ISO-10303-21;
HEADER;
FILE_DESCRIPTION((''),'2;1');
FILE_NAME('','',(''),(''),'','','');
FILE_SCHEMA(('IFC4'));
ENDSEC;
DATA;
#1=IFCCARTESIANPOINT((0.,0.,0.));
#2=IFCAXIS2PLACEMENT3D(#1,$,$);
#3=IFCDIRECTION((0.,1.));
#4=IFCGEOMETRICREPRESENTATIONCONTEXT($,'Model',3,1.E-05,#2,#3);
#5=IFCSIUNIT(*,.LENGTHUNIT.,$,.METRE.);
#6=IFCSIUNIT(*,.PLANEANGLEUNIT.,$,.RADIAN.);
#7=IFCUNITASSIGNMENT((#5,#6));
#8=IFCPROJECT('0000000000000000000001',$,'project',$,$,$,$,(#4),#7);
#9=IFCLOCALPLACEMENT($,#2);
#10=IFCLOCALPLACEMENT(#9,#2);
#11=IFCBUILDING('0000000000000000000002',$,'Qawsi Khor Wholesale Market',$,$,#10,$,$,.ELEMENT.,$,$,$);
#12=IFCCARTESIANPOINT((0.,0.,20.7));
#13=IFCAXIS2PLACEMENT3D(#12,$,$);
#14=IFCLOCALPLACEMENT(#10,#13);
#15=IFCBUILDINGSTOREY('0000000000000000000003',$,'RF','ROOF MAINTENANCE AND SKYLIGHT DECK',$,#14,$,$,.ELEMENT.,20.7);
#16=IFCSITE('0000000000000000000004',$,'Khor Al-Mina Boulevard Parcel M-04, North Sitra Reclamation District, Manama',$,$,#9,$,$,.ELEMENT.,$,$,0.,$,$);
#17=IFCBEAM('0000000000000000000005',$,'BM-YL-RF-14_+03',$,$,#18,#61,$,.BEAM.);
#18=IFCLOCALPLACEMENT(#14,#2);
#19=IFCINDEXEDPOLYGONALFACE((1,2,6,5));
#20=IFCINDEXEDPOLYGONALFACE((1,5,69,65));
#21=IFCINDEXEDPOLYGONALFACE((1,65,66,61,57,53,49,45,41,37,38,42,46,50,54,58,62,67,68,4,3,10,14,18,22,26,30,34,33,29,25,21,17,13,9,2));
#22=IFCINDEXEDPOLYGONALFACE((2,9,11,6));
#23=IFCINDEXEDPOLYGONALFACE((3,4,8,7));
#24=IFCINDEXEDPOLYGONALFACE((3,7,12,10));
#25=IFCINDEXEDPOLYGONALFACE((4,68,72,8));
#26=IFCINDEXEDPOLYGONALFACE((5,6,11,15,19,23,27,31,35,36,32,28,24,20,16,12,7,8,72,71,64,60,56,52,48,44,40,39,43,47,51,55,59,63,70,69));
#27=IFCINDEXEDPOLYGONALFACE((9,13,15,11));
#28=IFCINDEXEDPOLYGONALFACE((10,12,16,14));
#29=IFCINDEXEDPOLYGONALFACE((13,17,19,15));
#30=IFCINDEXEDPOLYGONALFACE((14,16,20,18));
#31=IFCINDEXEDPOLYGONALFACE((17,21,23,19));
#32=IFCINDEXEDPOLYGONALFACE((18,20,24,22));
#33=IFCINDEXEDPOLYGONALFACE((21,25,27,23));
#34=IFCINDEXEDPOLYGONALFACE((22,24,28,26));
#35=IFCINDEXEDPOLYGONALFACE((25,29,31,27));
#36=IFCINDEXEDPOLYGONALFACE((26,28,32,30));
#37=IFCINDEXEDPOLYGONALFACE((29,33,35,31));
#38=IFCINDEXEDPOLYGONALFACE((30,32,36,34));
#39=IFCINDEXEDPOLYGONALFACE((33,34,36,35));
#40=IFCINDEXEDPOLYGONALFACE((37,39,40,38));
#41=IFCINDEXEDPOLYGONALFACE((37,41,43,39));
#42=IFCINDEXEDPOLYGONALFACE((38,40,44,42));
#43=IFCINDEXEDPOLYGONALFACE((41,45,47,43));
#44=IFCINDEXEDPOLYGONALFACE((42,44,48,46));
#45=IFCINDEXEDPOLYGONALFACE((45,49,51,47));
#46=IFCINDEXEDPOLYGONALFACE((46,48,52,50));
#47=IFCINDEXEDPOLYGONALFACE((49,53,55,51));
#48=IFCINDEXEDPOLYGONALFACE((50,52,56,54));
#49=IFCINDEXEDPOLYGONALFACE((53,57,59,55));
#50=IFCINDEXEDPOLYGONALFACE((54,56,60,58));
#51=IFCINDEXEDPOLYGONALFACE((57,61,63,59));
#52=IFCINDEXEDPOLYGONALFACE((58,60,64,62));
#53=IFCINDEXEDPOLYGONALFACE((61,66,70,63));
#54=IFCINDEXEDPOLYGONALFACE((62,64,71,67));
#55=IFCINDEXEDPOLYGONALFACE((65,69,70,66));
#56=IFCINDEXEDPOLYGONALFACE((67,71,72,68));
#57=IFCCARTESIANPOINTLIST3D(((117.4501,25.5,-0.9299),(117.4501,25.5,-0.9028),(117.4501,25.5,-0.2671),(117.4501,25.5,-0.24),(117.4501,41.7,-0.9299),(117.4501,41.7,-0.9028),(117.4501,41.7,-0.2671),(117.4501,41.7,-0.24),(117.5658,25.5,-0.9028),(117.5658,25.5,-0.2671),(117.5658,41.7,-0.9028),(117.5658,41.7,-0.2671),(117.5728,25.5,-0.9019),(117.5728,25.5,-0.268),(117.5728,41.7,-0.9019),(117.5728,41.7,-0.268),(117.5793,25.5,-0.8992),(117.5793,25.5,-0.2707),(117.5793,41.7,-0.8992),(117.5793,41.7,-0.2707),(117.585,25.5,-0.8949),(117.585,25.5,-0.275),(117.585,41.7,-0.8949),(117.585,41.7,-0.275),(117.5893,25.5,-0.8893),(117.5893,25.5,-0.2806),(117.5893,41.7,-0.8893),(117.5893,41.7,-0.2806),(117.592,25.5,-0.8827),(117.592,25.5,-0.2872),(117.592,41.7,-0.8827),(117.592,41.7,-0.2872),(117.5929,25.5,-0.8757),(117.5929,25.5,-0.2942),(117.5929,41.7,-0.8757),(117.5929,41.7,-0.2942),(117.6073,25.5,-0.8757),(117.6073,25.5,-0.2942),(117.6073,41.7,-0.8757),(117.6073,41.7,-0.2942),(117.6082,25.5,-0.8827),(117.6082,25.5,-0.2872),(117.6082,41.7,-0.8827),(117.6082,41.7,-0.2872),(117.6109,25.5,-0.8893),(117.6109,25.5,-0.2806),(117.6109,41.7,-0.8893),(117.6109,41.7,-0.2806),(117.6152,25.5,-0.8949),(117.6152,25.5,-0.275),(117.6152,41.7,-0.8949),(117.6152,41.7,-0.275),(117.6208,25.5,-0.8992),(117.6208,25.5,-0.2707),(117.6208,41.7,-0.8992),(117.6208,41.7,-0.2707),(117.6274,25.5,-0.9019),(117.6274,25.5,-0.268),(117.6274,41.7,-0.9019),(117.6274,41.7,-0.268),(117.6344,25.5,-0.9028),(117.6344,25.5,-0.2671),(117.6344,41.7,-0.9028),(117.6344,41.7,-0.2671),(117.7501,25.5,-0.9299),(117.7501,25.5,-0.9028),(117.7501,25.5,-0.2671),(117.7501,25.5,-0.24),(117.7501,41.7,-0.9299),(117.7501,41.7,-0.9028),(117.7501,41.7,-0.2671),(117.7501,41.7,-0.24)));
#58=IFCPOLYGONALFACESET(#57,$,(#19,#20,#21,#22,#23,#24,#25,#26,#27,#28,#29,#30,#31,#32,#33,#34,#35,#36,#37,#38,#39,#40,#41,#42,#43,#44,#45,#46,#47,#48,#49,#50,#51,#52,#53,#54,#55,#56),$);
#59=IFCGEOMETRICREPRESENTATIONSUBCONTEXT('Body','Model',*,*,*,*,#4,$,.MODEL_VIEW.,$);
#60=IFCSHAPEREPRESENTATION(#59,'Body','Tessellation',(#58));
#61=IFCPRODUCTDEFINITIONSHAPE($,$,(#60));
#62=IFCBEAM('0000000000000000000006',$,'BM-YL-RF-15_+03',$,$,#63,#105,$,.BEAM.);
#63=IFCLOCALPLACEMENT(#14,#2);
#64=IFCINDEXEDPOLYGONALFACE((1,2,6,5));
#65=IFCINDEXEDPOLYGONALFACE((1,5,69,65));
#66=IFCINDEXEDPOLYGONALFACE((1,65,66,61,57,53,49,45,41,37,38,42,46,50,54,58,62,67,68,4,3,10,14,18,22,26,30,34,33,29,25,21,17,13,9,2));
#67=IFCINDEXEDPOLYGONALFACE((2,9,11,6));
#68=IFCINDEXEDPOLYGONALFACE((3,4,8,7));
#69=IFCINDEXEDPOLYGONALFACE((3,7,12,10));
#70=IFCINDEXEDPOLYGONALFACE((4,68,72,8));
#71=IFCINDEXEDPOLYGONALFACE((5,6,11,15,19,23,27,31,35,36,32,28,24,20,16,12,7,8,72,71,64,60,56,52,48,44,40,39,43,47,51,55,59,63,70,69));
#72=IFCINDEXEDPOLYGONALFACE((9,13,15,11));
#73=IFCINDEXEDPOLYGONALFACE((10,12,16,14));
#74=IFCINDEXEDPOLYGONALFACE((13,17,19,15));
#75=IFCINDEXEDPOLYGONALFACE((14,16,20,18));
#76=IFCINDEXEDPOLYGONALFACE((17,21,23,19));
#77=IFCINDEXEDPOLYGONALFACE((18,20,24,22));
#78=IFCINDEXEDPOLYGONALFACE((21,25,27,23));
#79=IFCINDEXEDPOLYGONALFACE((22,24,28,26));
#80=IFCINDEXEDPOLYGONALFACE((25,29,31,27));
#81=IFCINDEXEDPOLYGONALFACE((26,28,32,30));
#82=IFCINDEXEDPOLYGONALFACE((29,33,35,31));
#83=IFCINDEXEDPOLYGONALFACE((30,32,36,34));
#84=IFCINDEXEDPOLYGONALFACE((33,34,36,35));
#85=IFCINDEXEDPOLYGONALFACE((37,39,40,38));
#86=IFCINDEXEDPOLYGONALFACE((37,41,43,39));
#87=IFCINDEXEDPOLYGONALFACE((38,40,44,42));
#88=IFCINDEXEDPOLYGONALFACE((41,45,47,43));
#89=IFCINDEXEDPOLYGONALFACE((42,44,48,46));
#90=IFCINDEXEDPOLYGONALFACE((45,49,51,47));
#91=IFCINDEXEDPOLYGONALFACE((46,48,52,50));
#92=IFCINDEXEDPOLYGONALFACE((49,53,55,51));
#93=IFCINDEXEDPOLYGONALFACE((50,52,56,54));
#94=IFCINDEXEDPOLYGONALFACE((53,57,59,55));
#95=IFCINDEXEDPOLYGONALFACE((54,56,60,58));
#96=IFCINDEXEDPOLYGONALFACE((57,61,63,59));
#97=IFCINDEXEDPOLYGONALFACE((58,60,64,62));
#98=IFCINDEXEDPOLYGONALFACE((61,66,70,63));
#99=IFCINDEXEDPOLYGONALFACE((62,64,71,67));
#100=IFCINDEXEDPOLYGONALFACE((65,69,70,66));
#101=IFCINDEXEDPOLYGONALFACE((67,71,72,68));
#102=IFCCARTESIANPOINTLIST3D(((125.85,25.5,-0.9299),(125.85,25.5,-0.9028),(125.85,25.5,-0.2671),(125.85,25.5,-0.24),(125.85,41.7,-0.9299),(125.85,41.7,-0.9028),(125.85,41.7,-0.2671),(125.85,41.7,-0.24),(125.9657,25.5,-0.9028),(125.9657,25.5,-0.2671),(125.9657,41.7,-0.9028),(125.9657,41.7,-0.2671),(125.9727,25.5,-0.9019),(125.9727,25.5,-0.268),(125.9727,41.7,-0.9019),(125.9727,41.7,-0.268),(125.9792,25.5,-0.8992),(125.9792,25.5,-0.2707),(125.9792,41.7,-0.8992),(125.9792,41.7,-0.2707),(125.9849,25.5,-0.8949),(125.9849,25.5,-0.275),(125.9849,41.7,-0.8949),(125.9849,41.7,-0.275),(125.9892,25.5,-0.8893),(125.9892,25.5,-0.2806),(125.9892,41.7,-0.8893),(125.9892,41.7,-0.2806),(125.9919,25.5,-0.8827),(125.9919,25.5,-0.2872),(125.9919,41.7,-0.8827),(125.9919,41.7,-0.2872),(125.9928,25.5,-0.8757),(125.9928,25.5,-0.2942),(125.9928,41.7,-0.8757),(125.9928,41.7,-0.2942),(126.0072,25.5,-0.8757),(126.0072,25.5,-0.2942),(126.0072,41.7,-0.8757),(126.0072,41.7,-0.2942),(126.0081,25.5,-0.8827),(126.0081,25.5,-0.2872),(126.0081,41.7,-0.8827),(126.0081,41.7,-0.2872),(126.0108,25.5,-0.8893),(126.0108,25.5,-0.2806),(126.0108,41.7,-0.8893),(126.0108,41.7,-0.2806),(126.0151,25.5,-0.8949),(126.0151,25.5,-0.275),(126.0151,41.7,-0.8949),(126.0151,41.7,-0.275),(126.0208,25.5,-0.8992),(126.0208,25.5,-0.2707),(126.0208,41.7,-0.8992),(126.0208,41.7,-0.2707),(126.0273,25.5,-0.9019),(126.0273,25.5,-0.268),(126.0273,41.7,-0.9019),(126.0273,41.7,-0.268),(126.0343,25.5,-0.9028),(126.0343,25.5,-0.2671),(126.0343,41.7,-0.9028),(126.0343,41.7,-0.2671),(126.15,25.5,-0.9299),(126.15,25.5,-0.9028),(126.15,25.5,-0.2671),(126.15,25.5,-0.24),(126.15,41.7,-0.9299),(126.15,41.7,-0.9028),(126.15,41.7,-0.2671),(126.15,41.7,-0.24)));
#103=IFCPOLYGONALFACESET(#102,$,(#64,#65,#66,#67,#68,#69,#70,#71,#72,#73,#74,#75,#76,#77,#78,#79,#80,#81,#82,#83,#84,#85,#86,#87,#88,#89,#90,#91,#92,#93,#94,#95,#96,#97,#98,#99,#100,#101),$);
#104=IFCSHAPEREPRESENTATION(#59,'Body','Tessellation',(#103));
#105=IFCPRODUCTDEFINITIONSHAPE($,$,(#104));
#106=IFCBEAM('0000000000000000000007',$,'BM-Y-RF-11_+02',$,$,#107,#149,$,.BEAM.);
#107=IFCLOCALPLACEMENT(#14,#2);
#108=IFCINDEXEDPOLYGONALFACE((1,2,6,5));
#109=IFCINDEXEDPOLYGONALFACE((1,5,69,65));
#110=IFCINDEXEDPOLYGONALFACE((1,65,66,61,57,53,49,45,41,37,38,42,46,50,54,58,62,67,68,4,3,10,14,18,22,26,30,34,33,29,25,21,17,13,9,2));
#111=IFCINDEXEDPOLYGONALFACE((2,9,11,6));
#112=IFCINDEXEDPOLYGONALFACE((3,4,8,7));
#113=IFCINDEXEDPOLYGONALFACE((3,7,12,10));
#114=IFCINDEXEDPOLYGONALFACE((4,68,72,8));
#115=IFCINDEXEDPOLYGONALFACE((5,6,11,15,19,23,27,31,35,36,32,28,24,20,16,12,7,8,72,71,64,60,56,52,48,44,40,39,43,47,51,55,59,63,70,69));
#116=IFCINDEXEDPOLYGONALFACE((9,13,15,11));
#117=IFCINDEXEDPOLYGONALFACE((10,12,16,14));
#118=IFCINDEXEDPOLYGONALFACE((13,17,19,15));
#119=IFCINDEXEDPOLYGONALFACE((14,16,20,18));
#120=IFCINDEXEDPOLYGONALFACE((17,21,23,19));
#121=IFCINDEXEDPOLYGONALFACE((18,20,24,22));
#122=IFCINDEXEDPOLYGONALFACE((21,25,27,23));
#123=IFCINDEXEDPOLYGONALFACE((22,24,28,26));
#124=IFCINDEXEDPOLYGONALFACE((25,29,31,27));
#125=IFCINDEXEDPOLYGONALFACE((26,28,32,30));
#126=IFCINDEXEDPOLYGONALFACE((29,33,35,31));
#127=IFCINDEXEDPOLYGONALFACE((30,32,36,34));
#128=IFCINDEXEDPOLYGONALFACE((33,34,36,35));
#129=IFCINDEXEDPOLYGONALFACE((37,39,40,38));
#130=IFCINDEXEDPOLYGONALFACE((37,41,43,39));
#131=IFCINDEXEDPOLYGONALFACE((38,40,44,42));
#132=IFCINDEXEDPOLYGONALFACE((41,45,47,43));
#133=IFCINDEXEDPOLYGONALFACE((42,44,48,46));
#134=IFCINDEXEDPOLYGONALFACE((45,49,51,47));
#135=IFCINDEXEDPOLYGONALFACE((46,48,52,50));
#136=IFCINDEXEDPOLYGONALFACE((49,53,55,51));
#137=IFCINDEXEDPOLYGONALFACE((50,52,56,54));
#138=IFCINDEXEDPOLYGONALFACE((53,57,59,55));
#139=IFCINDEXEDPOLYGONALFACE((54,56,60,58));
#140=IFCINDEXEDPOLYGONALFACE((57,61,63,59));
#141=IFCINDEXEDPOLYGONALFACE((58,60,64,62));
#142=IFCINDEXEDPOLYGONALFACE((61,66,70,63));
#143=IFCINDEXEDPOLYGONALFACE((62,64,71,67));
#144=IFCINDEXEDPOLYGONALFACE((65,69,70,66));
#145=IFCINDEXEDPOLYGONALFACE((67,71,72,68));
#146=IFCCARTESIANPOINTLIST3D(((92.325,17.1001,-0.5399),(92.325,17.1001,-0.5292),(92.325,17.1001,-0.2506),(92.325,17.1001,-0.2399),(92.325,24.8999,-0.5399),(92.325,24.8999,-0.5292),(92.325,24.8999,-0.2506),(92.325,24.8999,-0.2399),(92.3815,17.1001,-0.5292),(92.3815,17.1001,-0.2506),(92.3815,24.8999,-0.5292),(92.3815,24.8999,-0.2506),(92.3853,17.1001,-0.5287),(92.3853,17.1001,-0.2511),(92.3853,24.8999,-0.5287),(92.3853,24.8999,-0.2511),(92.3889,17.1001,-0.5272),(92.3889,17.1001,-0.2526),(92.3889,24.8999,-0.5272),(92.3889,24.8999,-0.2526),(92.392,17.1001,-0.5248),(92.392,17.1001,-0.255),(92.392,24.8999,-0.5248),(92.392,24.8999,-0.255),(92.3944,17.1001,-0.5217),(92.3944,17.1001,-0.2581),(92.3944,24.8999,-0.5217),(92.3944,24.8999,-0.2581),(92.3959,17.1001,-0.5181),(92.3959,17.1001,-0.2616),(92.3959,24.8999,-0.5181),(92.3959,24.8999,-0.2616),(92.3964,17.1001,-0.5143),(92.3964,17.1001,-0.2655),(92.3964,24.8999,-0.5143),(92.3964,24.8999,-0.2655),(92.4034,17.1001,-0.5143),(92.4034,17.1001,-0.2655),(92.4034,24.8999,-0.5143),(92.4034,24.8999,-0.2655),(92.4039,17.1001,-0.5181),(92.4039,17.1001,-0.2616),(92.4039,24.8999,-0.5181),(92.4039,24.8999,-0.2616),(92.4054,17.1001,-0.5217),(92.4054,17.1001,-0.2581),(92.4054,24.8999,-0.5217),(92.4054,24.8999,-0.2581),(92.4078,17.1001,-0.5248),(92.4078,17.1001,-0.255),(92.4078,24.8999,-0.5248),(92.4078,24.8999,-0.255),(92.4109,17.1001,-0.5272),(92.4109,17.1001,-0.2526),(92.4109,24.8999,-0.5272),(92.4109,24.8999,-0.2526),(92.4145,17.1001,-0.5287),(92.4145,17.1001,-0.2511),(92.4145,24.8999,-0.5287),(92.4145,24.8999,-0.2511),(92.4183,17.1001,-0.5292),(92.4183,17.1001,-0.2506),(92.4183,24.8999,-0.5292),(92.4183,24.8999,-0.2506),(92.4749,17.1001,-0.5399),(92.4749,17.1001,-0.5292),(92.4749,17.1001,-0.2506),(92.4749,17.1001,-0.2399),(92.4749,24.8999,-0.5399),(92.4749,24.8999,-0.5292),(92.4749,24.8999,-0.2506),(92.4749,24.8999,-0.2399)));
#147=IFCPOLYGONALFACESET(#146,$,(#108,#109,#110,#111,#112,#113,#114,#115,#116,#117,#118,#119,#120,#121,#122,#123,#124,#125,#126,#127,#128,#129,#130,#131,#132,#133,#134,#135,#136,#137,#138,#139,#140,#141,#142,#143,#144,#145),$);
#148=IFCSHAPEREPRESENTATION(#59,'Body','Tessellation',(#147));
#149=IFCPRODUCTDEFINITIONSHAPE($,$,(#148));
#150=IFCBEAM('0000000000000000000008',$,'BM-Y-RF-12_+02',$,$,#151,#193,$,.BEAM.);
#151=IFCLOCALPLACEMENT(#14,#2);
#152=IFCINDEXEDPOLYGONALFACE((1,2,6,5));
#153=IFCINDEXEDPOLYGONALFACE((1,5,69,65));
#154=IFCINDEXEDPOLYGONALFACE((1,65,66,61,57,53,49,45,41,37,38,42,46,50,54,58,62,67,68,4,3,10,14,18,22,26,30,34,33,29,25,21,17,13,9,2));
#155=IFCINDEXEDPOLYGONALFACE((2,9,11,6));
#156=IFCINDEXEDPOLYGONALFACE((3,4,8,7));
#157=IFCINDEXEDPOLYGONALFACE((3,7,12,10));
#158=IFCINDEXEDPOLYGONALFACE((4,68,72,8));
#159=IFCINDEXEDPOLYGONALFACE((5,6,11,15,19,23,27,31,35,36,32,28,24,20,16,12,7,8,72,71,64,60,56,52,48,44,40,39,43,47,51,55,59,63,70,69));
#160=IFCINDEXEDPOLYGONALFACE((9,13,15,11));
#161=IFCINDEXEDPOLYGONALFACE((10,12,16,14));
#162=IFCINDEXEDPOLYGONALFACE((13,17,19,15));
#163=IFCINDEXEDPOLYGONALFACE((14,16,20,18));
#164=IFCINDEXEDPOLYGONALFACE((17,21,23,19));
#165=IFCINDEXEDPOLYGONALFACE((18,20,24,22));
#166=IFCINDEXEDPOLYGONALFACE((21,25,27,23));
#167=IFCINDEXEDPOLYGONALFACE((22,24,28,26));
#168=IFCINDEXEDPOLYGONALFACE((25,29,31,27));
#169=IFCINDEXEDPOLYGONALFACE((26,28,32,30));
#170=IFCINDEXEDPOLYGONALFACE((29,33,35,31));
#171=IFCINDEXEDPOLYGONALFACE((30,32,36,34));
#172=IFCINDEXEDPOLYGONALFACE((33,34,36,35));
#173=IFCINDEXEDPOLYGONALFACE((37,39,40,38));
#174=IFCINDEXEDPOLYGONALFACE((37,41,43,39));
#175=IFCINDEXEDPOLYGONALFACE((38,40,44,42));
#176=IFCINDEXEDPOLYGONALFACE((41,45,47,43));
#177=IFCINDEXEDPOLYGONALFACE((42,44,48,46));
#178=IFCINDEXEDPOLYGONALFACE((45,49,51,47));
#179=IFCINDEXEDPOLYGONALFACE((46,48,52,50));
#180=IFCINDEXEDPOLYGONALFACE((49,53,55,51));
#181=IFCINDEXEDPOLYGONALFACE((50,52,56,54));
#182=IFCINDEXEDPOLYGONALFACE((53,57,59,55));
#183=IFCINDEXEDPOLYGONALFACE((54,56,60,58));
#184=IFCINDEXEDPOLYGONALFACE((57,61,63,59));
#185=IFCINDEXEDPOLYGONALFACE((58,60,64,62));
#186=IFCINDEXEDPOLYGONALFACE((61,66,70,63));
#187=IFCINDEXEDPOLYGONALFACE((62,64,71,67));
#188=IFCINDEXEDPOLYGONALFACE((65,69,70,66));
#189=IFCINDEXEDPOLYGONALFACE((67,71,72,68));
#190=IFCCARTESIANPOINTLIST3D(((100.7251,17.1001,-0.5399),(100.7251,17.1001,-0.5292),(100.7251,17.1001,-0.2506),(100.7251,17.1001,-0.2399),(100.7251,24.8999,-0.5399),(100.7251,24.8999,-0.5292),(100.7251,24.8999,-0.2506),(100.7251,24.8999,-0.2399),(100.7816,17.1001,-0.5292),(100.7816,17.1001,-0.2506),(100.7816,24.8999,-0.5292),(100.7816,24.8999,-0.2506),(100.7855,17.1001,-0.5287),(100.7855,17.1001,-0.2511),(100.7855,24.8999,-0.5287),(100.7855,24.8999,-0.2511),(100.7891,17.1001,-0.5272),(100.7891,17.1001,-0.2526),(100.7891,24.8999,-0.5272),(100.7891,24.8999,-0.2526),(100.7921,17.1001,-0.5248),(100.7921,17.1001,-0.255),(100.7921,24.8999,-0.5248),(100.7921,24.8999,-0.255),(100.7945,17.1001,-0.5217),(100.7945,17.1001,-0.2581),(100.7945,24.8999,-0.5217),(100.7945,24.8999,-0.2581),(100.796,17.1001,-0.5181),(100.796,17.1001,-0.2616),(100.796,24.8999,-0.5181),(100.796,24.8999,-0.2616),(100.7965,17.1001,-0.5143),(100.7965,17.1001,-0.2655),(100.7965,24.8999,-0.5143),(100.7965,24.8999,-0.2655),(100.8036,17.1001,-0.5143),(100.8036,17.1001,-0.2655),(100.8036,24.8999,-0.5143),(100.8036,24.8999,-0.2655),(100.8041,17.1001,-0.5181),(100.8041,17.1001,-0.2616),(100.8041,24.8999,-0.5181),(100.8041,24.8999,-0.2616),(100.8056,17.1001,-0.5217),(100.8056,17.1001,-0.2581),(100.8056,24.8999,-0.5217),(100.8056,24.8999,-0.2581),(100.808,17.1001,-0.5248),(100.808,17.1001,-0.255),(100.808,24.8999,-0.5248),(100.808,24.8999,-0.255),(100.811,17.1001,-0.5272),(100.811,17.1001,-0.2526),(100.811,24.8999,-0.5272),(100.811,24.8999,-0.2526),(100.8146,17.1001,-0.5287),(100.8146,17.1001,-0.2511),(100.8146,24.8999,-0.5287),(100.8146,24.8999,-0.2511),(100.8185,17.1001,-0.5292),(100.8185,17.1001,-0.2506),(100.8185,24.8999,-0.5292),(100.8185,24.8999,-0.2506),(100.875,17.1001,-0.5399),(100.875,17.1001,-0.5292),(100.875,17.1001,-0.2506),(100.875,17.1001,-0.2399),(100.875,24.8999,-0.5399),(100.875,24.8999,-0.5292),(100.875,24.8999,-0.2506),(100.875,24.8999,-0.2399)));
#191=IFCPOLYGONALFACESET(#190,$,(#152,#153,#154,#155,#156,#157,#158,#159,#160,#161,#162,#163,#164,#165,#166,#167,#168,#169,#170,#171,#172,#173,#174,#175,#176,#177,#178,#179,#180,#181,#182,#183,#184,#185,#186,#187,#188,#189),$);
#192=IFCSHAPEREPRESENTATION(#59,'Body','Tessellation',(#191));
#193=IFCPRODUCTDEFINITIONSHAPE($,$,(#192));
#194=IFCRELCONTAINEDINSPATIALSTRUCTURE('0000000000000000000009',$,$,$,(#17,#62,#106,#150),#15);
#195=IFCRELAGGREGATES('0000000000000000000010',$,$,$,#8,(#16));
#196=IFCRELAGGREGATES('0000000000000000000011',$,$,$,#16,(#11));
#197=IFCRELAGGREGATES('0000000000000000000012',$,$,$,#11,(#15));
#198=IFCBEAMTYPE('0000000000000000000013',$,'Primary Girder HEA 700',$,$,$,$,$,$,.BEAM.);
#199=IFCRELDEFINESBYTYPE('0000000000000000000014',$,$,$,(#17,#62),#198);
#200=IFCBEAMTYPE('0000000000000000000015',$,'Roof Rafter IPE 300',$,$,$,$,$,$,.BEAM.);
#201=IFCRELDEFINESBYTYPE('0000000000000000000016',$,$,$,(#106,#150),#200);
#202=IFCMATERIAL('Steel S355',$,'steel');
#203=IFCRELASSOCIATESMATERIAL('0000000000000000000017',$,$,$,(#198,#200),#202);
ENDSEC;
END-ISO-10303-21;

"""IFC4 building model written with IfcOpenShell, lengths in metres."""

from ifc_helpers import new_model, si_unit, direction, frame, origin, origin_2d, place, context, subcontext, project, spatial, i_section, extrude, material, material_profile, profile_set, type_object, element, save


model = new_model("IFC4")

# Units and contexts
model_context = context("Model", 3, precision=1e-05, world=origin(), true_north=direction((0.0, 1.0)))
body_context = subcontext(model_context, "Body", "Model", "MODEL_VIEW")
ifc_project = project(units=[si_unit("LENGTHUNIT", "METRE"), si_unit("PLANEANGLEUNIT", "RADIAN")], contexts=[model_context])

# Site, building, storey
site_placement = place(None, origin())
site = spatial("IfcSite", under=ifc_project, at=site_placement, Name="Khor Al-Mina Boulevard Parcel M-04, North Sitra Reclamation District, Manama", CompositionType="ELEMENT", RefElevation=0.0)
building_placement = place(site_placement, origin())
building = spatial("IfcBuilding", under=site, at=building_placement, Name="Qawsi Khor Wholesale Market", CompositionType="ELEMENT")
storey_placement = place(building_placement, frame((0.0, 0.0, 20.7)))
storey = spatial("IfcBuildingStorey", under=building, at=storey_placement, Name="RF", Description="ROOF MAINTENANCE AND SKYLIGHT DECK", CompositionType="ELEMENT", Elevation=20.7)

# Beams
ifc_material_1 = material(Name="Steel S355", Category="steel")
ifc_material_profile_1 = material_profile(ifc_material_1, i_section(OverallWidth=0.3, OverallDepth=0.6899, WebThickness=0.0144, FlangeThickness=0.0271, FilletRadius=0.0271, at=origin_2d()), Name="HEA 700")
ifc_profile_set_1 = profile_set([ifc_material_profile_1], Name="Steel S355")
beam_type_1 = type_object("IfcBeamType", Name="Primary Girder HEA 700", PredefinedType="BEAM", material=ifc_profile_set_1)
for number, where, z_axis, x_axis, name in (
    (1, (117.6001, 25.5, -0.585), (0.0, 1.0, 0.0), (-1.0, 0.0, 0.0), "BM-YL-RF-14_+03"),
    (2, (126.0, 25.5, -0.585), (0.0, 1.0, 0.0), (-1.0, 0.0, 0.0), "BM-YL-RF-15_+03"),
):
    element("IfcBeam", number, at=place(storey_placement, frame(where, z_axis=z_axis, x_axis=x_axis)), inside=storey, type_object=beam_type_1, Name=name, PredefinedType="BEAM", context=body_context, shape_type="SweptSolid", body=[
        extrude(i_section(OverallWidth=0.3, OverallDepth=0.6899, WebThickness=0.0144, FlangeThickness=0.0271, FilletRadius=0.0271, at=origin_2d()), origin(), (0.0, 0.0, 1.0), 16.2),
    ])
ifc_material_profile_2 = material_profile(ifc_material_1, i_section(OverallWidth=0.1499, OverallDepth=0.3, WebThickness=0.0071, FlangeThickness=0.0107, FilletRadius=0.0149, at=origin_2d()), Name="IPE 300")
ifc_profile_set_2 = profile_set([ifc_material_profile_2], Name="Steel S355")
beam_type_2 = type_object("IfcBeamType", Name="Roof Rafter IPE 300", PredefinedType="BEAM", material=ifc_profile_set_2)
for number, where, z_axis, x_axis, name in (
    (3, (92.3999, 17.1001, -0.3899), (0.0, 1.0, 0.0), (-1.0, 0.0, 0.0), "BM-Y-RF-11_+02"),
    (4, (100.8, 17.1001, -0.3899), (0.0, 1.0, 0.0), (-1.0, 0.0, 0.0), "BM-Y-RF-12_+02"),
):
    element("IfcBeam", number, at=place(storey_placement, frame(where, z_axis=z_axis, x_axis=x_axis)), inside=storey, type_object=beam_type_2, Name=name, PredefinedType="BEAM", context=body_context, shape_type="SweptSolid", body=[
        extrude(i_section(OverallWidth=0.1499, OverallDepth=0.3, WebThickness=0.0071, FlangeThickness=0.0107, FilletRadius=0.0149, at=origin_2d()), origin(), (0.0, 0.0, 1.0), 7.7998),
    ])

save(model, "model.ifc")
